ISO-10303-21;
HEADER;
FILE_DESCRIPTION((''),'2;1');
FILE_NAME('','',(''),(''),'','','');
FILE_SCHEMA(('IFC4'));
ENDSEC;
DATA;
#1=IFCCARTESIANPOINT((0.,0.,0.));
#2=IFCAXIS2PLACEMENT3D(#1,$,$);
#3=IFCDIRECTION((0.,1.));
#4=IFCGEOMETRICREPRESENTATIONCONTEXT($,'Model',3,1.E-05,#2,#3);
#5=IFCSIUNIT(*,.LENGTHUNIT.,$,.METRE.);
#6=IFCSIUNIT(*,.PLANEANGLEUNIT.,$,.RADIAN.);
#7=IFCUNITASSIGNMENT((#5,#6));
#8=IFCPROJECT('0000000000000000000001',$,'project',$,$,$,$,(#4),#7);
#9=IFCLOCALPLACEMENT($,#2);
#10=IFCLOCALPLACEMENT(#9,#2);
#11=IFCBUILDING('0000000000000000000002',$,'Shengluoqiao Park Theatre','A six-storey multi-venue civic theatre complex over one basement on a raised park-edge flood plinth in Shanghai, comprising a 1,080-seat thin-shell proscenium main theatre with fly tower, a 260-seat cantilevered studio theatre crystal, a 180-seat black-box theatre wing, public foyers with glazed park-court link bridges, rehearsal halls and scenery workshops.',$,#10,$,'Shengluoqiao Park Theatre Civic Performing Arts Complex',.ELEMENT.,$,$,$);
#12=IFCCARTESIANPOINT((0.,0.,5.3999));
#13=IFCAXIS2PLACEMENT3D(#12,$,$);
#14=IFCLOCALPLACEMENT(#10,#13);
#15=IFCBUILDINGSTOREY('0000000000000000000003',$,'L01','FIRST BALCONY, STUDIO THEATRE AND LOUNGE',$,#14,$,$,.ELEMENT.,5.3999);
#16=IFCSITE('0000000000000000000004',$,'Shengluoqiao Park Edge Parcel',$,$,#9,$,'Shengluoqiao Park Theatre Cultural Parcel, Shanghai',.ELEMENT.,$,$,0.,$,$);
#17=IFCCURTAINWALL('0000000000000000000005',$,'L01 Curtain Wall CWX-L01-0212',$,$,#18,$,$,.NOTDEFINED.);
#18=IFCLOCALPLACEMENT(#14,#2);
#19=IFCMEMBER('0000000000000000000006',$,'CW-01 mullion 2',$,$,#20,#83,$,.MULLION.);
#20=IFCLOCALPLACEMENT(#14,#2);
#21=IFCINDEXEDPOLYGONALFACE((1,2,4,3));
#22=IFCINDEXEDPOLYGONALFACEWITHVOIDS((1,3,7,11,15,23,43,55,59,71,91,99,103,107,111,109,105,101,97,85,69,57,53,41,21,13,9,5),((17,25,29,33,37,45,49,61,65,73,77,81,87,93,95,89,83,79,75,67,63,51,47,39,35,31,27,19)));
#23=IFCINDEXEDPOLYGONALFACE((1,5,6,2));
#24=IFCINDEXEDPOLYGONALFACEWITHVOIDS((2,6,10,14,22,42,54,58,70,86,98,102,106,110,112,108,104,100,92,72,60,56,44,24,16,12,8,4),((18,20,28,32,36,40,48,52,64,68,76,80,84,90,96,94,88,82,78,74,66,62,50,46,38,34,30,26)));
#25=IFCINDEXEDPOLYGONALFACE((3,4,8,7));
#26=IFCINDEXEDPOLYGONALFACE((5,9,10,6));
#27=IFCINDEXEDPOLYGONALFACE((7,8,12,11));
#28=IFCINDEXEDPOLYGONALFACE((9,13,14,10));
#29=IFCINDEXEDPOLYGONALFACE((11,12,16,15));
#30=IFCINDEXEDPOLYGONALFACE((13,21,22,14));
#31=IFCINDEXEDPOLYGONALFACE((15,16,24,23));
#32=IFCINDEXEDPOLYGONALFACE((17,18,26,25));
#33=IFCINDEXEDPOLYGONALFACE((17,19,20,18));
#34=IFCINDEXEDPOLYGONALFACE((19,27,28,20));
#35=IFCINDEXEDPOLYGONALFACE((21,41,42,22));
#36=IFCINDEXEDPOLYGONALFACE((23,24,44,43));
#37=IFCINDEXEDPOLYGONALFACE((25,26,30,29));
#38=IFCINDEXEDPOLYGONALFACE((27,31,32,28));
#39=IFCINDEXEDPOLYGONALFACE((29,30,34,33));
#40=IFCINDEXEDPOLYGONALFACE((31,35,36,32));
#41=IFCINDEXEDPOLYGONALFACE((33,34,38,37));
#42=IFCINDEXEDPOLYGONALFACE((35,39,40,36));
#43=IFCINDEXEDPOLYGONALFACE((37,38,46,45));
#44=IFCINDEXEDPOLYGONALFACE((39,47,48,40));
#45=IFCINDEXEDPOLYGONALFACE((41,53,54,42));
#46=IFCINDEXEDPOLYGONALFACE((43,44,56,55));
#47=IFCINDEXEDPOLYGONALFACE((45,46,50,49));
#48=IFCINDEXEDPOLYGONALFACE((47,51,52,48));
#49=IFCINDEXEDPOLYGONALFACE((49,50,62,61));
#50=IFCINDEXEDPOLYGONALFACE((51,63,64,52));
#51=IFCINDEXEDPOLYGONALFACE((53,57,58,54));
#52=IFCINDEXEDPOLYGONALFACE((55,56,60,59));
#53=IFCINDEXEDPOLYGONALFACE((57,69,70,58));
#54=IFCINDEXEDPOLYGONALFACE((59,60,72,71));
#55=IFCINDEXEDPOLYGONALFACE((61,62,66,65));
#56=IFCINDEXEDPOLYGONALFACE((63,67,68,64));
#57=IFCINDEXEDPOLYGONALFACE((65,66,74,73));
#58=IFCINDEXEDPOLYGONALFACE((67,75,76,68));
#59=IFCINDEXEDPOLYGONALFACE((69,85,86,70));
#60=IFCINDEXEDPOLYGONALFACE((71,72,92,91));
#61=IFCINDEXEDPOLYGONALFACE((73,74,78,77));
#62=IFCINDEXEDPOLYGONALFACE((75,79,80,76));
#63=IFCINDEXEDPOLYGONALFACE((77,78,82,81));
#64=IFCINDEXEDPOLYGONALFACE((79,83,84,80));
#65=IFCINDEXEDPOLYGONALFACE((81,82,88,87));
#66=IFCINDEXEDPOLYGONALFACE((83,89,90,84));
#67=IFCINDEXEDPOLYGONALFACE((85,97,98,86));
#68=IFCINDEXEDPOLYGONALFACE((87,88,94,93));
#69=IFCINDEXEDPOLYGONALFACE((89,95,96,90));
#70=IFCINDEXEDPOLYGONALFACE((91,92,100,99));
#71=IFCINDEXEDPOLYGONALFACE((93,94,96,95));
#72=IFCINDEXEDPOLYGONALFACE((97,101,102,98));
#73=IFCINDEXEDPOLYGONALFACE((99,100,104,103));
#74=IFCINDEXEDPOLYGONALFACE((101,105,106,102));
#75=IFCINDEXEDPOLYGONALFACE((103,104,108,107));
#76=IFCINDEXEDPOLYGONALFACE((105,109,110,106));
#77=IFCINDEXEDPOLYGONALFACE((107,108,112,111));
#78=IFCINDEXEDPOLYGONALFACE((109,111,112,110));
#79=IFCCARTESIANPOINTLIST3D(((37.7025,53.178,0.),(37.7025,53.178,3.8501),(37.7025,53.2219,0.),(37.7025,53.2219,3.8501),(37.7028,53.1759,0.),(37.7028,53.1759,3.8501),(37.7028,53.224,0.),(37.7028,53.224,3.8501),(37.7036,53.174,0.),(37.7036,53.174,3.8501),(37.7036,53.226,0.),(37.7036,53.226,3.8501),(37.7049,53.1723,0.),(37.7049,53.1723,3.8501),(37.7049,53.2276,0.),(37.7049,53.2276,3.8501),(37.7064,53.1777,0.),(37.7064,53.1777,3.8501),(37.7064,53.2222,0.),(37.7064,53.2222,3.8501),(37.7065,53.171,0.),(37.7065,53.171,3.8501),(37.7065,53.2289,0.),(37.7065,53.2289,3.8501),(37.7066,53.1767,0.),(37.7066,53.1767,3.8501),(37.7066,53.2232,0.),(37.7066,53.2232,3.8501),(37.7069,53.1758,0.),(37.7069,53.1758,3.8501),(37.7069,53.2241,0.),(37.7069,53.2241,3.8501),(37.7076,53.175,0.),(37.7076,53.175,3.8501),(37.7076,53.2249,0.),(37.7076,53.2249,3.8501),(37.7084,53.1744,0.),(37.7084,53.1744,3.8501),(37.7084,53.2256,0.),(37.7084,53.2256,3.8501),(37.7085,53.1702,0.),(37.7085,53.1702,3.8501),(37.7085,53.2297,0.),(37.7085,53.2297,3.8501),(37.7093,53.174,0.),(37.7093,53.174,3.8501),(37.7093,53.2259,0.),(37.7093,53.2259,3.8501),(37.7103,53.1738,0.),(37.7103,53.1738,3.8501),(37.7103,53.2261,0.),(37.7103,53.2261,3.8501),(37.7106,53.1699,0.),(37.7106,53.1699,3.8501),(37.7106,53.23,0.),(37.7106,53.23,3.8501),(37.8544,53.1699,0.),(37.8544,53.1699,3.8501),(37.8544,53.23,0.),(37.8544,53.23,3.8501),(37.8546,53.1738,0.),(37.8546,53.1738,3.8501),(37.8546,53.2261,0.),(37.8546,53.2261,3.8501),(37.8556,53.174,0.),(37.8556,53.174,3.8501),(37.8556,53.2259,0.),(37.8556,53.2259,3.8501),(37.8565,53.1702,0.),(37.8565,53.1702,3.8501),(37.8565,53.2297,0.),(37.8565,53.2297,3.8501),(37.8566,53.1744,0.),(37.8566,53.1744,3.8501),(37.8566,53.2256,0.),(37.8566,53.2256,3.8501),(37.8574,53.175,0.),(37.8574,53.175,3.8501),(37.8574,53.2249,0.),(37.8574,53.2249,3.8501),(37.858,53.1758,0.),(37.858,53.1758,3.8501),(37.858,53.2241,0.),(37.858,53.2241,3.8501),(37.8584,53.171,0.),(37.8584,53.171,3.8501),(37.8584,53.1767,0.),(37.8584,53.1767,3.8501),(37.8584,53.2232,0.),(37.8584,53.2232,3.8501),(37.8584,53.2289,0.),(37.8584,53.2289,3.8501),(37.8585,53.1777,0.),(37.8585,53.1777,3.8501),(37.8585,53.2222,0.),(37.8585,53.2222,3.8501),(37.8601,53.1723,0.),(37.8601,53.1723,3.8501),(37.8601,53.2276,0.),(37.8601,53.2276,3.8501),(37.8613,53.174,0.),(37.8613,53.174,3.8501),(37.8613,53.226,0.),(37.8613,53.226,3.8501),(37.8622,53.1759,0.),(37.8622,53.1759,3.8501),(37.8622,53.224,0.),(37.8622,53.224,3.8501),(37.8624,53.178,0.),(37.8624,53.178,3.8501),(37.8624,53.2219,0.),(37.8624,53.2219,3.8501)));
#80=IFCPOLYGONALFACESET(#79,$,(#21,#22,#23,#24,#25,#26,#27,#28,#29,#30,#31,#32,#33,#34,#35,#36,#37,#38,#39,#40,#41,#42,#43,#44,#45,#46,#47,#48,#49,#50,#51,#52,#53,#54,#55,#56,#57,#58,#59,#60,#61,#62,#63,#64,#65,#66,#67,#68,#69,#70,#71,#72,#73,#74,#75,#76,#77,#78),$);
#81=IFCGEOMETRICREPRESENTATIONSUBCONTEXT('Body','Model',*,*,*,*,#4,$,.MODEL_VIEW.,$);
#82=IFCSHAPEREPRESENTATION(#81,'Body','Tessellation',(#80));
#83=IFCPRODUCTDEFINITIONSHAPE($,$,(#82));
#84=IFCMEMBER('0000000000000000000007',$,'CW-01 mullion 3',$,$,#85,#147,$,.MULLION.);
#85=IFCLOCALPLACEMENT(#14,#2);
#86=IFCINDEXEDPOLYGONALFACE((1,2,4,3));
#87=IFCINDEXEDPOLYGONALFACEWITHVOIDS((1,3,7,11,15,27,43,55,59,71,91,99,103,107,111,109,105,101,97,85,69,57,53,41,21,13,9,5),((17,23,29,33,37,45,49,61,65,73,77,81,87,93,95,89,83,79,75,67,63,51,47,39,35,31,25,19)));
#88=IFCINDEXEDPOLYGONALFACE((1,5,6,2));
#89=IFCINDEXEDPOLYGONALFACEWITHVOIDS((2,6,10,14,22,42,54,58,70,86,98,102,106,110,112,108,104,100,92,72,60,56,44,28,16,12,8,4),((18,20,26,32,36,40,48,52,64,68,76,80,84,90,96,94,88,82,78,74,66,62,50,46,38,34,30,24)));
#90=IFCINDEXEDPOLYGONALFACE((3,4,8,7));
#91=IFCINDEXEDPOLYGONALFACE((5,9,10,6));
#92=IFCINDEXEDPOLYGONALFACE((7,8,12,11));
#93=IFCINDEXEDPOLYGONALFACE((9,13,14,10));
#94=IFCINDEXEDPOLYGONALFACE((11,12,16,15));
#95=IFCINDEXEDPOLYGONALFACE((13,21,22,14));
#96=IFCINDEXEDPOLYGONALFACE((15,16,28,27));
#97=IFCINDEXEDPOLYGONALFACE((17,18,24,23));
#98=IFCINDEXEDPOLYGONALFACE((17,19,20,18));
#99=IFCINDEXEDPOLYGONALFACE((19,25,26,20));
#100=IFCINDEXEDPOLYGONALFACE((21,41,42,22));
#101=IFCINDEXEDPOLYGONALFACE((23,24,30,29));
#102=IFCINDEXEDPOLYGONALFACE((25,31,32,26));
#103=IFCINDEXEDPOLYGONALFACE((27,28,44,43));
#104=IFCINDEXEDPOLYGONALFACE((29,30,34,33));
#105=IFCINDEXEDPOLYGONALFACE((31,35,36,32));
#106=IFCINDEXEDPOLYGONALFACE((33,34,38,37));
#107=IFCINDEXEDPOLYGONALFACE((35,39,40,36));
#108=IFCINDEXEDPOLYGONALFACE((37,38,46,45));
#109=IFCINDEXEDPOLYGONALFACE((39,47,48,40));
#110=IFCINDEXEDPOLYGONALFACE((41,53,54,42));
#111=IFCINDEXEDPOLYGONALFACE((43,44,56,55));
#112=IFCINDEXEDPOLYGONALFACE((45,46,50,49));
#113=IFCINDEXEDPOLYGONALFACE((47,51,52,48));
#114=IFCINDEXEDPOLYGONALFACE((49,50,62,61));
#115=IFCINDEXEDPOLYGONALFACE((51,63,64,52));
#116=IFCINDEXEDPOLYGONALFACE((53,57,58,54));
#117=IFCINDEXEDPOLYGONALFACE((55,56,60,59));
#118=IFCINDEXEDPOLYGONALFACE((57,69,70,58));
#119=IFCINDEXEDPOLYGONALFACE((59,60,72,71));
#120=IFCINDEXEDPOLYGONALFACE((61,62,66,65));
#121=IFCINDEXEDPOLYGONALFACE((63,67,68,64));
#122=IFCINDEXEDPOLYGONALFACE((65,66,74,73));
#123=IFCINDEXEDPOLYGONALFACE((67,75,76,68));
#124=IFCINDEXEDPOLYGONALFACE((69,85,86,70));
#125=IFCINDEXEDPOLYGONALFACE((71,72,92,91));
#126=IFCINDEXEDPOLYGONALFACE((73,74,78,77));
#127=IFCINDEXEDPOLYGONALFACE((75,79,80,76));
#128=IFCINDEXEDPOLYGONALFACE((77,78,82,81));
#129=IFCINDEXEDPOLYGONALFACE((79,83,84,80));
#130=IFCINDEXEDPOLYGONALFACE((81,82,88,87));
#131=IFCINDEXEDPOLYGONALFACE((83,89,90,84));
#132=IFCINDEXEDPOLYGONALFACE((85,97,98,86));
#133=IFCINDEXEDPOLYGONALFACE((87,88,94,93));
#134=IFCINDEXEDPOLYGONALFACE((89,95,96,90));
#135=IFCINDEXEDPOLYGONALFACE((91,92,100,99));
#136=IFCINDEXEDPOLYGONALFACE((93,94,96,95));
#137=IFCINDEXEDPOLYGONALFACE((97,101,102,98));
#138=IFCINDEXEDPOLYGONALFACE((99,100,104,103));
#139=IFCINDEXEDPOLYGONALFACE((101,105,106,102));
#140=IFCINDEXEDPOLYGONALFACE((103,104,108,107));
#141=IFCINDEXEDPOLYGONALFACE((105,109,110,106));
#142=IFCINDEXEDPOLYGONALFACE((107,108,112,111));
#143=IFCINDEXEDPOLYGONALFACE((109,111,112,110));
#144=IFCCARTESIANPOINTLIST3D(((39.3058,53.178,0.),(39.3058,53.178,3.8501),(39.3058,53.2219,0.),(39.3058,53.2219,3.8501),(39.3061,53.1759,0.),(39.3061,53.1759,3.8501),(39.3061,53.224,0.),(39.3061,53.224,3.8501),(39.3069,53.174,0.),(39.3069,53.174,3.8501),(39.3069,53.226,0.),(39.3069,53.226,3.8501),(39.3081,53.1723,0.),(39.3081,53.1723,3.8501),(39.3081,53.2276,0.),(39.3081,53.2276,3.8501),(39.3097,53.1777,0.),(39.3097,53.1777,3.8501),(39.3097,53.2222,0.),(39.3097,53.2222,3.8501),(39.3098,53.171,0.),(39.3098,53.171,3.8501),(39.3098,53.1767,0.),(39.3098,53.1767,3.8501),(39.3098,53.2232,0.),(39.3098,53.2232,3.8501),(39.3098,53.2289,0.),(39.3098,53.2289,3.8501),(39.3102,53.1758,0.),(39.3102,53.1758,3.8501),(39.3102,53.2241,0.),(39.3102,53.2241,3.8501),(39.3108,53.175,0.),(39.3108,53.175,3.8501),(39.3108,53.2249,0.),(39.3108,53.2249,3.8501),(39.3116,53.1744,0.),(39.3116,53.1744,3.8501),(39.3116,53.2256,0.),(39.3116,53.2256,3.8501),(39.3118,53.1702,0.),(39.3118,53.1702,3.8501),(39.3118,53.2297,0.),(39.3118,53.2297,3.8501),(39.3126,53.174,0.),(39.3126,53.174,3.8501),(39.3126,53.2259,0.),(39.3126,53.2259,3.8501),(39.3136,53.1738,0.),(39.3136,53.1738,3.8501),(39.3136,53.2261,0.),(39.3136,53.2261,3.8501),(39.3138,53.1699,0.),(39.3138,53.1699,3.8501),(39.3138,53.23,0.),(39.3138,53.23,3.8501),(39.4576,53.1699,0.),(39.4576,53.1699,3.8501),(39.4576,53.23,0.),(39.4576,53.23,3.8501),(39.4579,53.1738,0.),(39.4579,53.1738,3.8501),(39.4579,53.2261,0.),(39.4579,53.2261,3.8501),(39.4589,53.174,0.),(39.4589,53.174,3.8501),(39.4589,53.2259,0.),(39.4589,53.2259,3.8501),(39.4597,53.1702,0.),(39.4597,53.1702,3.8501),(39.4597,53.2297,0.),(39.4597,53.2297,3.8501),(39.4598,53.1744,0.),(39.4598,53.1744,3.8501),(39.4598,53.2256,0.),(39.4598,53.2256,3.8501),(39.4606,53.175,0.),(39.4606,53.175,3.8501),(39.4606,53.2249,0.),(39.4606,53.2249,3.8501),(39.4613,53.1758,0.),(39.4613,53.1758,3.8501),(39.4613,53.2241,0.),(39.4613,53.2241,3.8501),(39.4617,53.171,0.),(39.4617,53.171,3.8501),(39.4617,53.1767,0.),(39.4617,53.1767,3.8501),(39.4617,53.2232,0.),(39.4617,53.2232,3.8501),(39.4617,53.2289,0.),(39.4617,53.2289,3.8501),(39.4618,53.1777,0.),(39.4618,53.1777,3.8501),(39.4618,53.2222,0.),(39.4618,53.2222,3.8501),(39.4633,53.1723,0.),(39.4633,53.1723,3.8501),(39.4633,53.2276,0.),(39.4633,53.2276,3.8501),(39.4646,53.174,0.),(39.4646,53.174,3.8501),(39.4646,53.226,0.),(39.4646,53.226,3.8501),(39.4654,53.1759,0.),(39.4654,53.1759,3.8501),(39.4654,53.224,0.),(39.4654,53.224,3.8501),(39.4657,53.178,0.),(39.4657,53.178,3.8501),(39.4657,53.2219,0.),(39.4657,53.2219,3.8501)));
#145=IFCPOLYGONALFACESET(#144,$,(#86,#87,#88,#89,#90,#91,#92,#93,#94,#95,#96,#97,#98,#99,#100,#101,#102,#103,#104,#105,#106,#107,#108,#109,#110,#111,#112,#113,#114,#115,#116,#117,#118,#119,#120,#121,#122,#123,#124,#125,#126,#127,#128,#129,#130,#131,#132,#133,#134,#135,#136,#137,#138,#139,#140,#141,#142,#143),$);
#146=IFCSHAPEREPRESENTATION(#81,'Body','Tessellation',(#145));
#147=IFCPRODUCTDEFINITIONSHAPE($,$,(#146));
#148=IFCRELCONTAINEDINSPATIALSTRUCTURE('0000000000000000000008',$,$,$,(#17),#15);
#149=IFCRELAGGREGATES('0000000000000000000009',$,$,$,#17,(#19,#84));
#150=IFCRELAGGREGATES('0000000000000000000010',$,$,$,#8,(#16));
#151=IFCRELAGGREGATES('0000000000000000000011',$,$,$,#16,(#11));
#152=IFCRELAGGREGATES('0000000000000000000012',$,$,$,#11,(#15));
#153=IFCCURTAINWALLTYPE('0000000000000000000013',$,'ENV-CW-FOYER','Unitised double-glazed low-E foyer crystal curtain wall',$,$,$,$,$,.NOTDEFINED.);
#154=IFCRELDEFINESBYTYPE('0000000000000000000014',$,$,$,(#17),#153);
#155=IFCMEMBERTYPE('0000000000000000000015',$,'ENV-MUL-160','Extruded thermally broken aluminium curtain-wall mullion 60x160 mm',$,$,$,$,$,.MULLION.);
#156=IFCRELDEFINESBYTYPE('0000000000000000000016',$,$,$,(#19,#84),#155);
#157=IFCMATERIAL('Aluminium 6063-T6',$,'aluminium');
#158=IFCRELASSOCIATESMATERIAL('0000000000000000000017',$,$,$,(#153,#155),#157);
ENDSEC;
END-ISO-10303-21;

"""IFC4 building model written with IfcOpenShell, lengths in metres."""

from ifc_helpers import new_model, si_unit, direction, frame, origin, origin_2d, place, context, subcontext, project, spatial, hollow_rectangle, extrude, material, material_profile, profile_set, type_object, element, aggregate, save


model = new_model("IFC4")

# Units and contexts
model_context = context("Model", 3, precision=1e-05, world=origin(), true_north=direction((0.0, 1.0)))
body_context = subcontext(model_context, "Body", "Model", "MODEL_VIEW")
ifc_project = project(units=[si_unit("LENGTHUNIT", "METRE"), si_unit("PLANEANGLEUNIT", "RADIAN")], contexts=[model_context])

# Site, building, storey
site_placement = place(None, origin())
site = spatial("IfcSite", under=ifc_project, at=site_placement, Name="Shengluoqiao Park Edge Parcel", LongName="Shengluoqiao Park Theatre Cultural Parcel, Shanghai", CompositionType="ELEMENT", RefElevation=0.0)
building_placement = place(site_placement, origin())
building = spatial("IfcBuilding", under=site, at=building_placement, Name="Shengluoqiao Park Theatre", Description="A six-storey multi-venue civic theatre complex over one basement on a raised park-edge flood plinth in Shanghai, comprising a 1,080-seat thin-shell proscenium main theatre with fly tower, a 260-seat cantilevered studio theatre crystal, a 180-seat black-box theatre wing, public foyers with glazed park-court link bridges, rehearsal halls and scenery workshops.", LongName="Shengluoqiao Park Theatre Civic Performing Arts Complex", CompositionType="ELEMENT")
storey_placement = place(building_placement, frame((0.0, 0.0, 5.3999)))
storey = spatial("IfcBuildingStorey", under=building, at=storey_placement, Name="L01", Description="FIRST BALCONY, STUDIO THEATRE AND LOUNGE", CompositionType="ELEMENT", Elevation=5.3999)

# Curtain wall, members
ifc_material_1 = material(Name="Aluminium 6063-T6", Category="aluminium")
curtain_wall_type = type_object("IfcCurtainWallType", Name="ENV-CW-FOYER", Description="Unitised double-glazed low-E foyer crystal curtain wall", PredefinedType="NOTDEFINED", material=ifc_material_1)
curtain_wall_placement = place(storey_placement, origin())
curtain_wall = element("IfcCurtainWall", 1, at=curtain_wall_placement, inside=storey, type_object=curtain_wall_type, Name="L01 Curtain Wall CWX-L01-0212", PredefinedType="NOTDEFINED")
ifc_material_profile_1 = material_profile(ifc_material_1, hollow_rectangle(XDim=0.0601, YDim=0.1599, WallThickness=0.0039, InnerFilletRadius=0.0039, OuterFilletRadius=0.0081, at=origin_2d()), Name="ALU MULLION 160x60x4")
ifc_profile_set_1 = profile_set([ifc_material_profile_1], Name="Aluminium 6063-T6")
member_type_1 = type_object("IfcMemberType", Name="ENV-MUL-160", Description="Extruded thermally broken aluminium curtain-wall mullion 60x160 mm", PredefinedType="MULLION", material=ifc_profile_set_1)
member_1_placement = place(storey_placement, frame((37.7825, 53.2, 0.0), z_axis=(0.0, 0.0, 1.0), x_axis=(0.0, 1.0, 0.0)))
member_1 = element("IfcMember", 2, at=member_1_placement, type_object=member_type_1, Name="CW-01 mullion 2", PredefinedType="MULLION", context=body_context, shape_type="SweptSolid", body=[
    extrude(hollow_rectangle(XDim=0.0601, YDim=0.1599, WallThickness=0.0039, InnerFilletRadius=0.0039, OuterFilletRadius=0.0081, at=origin_2d()), origin(), (0.0, 0.0, 1.0), 3.8501),
])
member_2_placement = place(storey_placement, frame((39.3857, 53.2, 0.0), z_axis=(0.0, 0.0, 1.0), x_axis=(0.0, 1.0, 0.0)))
member_2 = element("IfcMember", 3, at=member_2_placement, type_object=member_type_1, Name="CW-01 mullion 3", PredefinedType="MULLION", context=body_context, shape_type="SweptSolid", body=[
    extrude(hollow_rectangle(XDim=0.0601, YDim=0.1599, WallThickness=0.0039, InnerFilletRadius=0.0039, OuterFilletRadius=0.0081, at=origin_2d()), origin(), (0.0, 0.0, 1.0), 3.8501),
])

aggregate(curtain_wall, [member_1, member_2])

save(model, "model.ifc")
